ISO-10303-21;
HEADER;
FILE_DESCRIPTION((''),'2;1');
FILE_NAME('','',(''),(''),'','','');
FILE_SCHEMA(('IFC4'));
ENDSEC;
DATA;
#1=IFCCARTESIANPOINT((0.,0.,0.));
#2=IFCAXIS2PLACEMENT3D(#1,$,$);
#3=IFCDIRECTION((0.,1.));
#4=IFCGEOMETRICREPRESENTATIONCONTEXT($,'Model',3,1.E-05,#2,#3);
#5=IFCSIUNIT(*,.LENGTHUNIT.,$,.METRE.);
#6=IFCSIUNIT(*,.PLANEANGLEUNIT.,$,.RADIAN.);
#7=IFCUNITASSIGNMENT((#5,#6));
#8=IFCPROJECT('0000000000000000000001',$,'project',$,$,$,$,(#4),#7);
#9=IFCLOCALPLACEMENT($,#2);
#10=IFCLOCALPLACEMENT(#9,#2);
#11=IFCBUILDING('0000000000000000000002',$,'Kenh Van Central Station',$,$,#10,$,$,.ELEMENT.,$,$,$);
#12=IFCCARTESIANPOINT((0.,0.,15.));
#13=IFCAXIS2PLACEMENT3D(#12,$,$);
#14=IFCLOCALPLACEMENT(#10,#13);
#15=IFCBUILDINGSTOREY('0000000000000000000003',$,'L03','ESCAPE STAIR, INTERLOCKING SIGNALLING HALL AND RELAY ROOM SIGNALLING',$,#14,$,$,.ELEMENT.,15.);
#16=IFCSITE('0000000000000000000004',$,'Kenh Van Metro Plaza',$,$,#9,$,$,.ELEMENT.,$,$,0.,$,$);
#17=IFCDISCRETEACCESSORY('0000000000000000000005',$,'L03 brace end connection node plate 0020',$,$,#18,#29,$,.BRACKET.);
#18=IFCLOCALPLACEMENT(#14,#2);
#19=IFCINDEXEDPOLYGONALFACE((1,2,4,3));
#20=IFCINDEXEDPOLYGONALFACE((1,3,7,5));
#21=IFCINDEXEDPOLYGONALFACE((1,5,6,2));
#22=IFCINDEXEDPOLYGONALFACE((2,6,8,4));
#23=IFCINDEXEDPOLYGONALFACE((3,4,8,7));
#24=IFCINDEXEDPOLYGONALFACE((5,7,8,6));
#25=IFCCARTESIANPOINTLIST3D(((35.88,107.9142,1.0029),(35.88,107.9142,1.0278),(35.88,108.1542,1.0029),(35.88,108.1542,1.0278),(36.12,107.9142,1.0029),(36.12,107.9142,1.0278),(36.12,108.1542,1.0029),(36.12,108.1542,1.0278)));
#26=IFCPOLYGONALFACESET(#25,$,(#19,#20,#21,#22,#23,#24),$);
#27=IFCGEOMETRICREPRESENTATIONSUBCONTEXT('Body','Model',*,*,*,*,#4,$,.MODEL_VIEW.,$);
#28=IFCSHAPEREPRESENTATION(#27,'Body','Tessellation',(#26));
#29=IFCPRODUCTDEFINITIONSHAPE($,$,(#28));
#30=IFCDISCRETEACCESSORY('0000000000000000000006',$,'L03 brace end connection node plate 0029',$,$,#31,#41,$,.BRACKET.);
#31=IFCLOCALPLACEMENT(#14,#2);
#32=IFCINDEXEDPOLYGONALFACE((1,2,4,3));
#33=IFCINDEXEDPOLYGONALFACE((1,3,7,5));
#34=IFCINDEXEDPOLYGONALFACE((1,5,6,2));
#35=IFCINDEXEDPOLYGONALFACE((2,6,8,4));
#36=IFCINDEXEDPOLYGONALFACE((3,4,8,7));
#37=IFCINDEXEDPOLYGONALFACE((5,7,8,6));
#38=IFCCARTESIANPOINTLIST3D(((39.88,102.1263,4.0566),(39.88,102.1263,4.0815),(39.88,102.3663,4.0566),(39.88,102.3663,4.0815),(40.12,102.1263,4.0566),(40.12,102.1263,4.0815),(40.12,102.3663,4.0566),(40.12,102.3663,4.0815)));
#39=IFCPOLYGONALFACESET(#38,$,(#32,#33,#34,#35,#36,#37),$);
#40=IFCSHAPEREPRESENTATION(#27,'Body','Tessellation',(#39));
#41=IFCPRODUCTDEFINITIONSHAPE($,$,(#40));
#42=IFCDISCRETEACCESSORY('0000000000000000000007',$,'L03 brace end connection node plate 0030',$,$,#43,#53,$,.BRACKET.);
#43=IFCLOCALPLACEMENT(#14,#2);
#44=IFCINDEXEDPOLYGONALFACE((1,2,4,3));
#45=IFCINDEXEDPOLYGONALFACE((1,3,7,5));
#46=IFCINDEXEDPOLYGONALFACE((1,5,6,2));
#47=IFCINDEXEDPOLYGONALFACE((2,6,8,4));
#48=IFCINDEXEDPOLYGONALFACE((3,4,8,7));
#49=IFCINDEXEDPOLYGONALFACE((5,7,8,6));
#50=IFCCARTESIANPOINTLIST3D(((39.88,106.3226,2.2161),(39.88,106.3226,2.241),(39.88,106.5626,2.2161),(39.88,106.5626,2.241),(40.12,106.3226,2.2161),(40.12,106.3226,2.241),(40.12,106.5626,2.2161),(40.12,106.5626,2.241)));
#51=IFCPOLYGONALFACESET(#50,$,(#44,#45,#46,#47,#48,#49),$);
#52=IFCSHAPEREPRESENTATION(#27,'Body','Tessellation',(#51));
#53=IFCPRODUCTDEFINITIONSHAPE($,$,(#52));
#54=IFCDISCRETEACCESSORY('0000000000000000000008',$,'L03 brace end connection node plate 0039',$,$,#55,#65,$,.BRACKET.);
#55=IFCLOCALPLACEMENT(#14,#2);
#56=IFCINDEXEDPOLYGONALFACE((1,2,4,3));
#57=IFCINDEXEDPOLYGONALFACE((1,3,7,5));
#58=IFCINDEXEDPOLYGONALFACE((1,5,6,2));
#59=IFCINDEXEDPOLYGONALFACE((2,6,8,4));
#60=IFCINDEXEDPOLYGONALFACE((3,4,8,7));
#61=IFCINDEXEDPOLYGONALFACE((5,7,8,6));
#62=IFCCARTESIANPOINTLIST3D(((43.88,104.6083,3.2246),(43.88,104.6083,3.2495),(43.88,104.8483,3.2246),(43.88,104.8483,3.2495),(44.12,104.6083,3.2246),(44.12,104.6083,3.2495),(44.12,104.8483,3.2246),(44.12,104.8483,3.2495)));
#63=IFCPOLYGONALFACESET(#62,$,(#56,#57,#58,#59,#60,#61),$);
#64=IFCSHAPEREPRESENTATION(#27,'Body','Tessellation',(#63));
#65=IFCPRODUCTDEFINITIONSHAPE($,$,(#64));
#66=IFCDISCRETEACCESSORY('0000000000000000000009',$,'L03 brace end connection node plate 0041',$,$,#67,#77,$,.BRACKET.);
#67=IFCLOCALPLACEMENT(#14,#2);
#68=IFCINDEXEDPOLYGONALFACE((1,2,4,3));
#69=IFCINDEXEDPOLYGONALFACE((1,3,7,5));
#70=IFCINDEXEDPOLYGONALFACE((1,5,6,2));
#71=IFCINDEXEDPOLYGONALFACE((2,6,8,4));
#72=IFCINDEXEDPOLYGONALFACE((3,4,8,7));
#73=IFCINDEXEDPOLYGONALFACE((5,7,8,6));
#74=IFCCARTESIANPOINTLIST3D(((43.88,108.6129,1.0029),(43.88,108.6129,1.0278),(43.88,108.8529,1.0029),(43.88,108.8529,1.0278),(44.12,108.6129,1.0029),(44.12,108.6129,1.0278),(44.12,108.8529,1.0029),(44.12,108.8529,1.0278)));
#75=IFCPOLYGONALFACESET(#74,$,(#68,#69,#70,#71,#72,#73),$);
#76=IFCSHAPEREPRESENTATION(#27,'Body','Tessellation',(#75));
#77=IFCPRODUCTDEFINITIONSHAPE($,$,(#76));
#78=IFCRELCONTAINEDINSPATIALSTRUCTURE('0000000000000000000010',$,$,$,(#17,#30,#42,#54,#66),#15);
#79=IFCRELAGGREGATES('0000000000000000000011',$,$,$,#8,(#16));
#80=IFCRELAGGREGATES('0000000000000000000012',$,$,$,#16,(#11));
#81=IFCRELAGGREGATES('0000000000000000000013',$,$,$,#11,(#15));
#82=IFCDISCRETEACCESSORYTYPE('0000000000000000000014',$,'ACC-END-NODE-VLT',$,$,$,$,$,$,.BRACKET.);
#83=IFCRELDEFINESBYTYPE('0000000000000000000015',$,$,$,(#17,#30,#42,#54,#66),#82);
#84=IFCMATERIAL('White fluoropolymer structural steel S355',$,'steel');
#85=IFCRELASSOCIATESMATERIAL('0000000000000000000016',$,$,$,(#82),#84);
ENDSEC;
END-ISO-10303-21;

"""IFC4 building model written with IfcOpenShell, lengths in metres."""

from ifc_helpers import new_model, si_unit, direction, frame, origin, origin_2d, place, context, subcontext, project, spatial, rectangle, extrude, material, type_object, element, save


model = new_model("IFC4")

# Units and contexts
model_context = context("Model", 3, precision=1e-05, world=origin(), true_north=direction((0.0, 1.0)))
body_context = subcontext(model_context, "Body", "Model", "MODEL_VIEW")
ifc_project = project(units=[si_unit("LENGTHUNIT", "METRE"), si_unit("PLANEANGLEUNIT", "RADIAN")], contexts=[model_context])

# Site, building, storey
site_placement = place(None, origin())
site = spatial("IfcSite", under=ifc_project, at=site_placement, Name="Kenh Van Metro Plaza", CompositionType="ELEMENT", RefElevation=0.0)
building_placement = place(site_placement, origin())
building = spatial("IfcBuilding", under=site, at=building_placement, Name="Kenh Van Central Station", CompositionType="ELEMENT")
storey_placement = place(building_placement, frame((0.0, 0.0, 15.0)))
storey = spatial("IfcBuildingStorey", under=building, at=storey_placement, Name="L03", Description="ESCAPE STAIR, INTERLOCKING SIGNALLING HALL AND RELAY ROOM SIGNALLING", CompositionType="ELEMENT", Elevation=15.0)

# Shared definitions
ifc_material_1 = material(Name="White fluoropolymer structural steel S355", Category="steel")

# Discrete accessories
discrete_accessory_type = type_object("IfcDiscreteAccessoryType", Name="ACC-END-NODE-VLT", PredefinedType="BRACKET", material=ifc_material_1)
for number, where, z_axis, x_axis, name in (
    (1, (36.0, 108.0342, 1.0029), (0.0, 0.0, 1.0), (1.0, 0.0, 0.0), "L03 brace end connection node plate 0020"),
    (2, (40.0, 102.2463, 4.0566), (0.0, 0.0, 1.0), (1.0, 0.0, 0.0), "L03 brace end connection node plate 0029"),
    (3, (40.0, 106.4426, 2.2161), (0.0, 0.0, 1.0), (1.0, 0.0, 0.0), "L03 brace end connection node plate 0030"),
    (4, (44.0, 104.7283, 3.2246), (0.0, 0.0, 1.0), (1.0, 0.0, 0.0), "L03 brace end connection node plate 0039"),
    (5, (44.0, 108.7329, 1.0029), (0.0, 0.0, 1.0), (1.0, 0.0, 0.0), "L03 brace end connection node plate 0041"),
):
    element("IfcDiscreteAccessory", number, at=place(storey_placement, frame(where, z_axis=z_axis, x_axis=x_axis)), inside=storey, type_object=discrete_accessory_type, Name=name, PredefinedType="BRACKET", context=body_context, shape_type="SweptSolid", body=[
        extrude(rectangle(XDim=0.24, YDim=0.24, at=origin_2d()), origin(), (0.0, 0.0, 1.0), 0.0249),
    ])

save(model, "model.ifc")
